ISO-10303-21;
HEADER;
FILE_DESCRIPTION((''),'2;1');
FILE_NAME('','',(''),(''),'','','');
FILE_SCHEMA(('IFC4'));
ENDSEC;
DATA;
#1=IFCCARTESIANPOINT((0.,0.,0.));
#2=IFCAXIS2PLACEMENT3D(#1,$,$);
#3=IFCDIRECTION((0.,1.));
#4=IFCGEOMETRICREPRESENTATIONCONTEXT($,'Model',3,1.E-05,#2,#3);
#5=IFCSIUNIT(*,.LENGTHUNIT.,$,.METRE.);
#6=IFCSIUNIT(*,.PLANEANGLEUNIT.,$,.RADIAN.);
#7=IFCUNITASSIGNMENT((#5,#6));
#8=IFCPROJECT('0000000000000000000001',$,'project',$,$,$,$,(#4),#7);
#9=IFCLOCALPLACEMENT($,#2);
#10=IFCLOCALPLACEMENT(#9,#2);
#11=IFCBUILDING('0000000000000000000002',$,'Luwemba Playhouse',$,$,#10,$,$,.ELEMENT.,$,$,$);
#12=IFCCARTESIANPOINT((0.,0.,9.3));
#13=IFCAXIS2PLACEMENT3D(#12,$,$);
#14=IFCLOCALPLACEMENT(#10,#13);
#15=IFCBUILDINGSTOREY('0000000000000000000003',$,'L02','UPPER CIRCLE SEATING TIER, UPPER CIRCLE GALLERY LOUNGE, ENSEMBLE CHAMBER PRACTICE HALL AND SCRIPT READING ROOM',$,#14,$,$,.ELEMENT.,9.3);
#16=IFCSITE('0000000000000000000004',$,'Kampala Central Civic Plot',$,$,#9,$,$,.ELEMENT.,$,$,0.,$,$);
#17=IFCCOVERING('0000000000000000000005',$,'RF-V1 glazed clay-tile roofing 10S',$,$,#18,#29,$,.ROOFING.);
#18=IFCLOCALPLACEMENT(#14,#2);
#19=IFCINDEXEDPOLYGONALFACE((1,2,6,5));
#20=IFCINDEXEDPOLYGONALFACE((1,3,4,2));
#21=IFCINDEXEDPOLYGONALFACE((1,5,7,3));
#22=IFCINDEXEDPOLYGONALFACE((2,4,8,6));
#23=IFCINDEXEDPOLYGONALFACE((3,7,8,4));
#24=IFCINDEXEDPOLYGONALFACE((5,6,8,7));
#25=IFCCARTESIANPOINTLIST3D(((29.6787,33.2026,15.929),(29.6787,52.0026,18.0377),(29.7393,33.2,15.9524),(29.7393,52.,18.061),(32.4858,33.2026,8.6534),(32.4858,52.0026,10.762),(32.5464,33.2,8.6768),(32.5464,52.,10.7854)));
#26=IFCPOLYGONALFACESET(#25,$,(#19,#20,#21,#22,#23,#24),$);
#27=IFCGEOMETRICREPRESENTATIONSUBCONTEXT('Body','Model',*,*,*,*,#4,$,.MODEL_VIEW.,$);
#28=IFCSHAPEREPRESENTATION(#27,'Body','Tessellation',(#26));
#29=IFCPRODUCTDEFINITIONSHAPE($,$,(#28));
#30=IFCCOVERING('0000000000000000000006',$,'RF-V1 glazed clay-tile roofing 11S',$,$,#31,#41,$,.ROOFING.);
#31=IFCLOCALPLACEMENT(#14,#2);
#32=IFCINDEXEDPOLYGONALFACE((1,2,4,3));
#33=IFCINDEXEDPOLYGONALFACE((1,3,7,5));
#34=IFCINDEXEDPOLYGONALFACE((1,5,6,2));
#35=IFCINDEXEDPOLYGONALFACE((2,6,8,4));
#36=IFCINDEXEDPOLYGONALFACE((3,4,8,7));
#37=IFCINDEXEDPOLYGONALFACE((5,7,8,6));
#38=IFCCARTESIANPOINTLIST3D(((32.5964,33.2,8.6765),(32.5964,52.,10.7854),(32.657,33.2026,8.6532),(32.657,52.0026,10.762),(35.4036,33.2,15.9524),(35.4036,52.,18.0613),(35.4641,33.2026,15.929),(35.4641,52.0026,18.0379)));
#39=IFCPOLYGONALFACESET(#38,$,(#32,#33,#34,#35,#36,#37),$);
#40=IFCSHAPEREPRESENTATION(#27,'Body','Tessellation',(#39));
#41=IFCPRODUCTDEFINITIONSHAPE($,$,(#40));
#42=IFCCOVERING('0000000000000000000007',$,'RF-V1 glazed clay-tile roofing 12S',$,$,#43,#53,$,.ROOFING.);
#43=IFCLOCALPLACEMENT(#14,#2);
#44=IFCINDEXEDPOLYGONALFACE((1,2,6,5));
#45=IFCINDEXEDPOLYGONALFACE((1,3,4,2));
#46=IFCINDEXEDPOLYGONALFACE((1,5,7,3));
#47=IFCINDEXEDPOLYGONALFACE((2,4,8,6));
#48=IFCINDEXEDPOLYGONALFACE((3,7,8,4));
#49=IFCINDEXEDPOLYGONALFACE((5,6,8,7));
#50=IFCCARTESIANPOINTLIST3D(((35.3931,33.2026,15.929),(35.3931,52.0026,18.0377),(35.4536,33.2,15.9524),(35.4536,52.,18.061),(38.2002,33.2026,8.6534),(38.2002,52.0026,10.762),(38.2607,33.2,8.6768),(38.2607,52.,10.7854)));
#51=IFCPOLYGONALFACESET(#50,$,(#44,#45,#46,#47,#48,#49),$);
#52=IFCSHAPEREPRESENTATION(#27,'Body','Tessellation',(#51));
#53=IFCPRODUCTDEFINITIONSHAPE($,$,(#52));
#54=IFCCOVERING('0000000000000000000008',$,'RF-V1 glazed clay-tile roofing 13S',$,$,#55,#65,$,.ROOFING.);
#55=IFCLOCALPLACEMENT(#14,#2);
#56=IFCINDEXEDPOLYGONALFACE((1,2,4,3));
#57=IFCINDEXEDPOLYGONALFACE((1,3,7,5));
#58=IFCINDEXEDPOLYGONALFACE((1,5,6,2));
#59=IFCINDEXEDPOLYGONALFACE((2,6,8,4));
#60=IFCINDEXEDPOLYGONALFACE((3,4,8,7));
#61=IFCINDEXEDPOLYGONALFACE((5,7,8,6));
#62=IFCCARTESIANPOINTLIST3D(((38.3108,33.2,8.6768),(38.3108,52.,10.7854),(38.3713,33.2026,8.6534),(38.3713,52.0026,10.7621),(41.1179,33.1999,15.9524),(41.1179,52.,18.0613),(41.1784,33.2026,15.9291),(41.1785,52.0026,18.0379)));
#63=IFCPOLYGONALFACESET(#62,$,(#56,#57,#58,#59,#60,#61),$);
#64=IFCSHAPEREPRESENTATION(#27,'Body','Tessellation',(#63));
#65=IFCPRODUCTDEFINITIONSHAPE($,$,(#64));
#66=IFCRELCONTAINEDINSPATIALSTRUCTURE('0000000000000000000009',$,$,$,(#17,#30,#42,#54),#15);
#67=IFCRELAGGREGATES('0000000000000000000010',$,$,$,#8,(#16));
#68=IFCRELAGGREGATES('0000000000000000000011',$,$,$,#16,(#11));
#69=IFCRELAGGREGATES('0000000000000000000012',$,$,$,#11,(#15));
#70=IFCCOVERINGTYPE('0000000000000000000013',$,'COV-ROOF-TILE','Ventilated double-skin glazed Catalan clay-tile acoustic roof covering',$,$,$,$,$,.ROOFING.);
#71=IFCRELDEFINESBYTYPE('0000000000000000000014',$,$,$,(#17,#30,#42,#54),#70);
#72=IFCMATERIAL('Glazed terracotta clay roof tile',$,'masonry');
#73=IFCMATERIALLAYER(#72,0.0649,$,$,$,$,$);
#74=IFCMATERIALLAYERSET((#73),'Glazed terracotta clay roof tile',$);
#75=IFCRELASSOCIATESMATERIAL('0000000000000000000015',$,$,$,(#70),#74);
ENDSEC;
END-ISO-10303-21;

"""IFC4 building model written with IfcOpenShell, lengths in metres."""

from ifc_helpers import new_model, si_unit, direction, frame, origin, place, context, subcontext, project, spatial, polyline, outline, extrude, material, layer, layer_set, type_object, element, save


model = new_model("IFC4")

# Units and contexts
model_context = context("Model", 3, precision=1e-05, world=origin(), true_north=direction((0.0, 1.0)))
body_context = subcontext(model_context, "Body", "Model", "MODEL_VIEW")
ifc_project = project(units=[si_unit("LENGTHUNIT", "METRE"), si_unit("PLANEANGLEUNIT", "RADIAN")], contexts=[model_context])

# Site, building, storey
site_placement = place(None, origin())
site = spatial("IfcSite", under=ifc_project, at=site_placement, Name="Kampala Central Civic Plot", CompositionType="ELEMENT", RefElevation=0.0)
building_placement = place(site_placement, origin())
building = spatial("IfcBuilding", under=site, at=building_placement, Name="Luwemba Playhouse", CompositionType="ELEMENT")
storey_placement = place(building_placement, frame((0.0, 0.0, 9.3)))
storey = spatial("IfcBuildingStorey", under=building, at=storey_placement, Name="L02", Description="UPPER CIRCLE SEATING TIER, UPPER CIRCLE GALLERY LOUNGE, ENSEMBLE CHAMBER PRACTICE HALL AND SCRIPT READING ROOM", CompositionType="ELEMENT", Elevation=9.3)

# Coverings
ifc_material_1 = material(Name="Glazed terracotta clay roof tile", Category="masonry")
ifc_layer_1 = layer(ifc_material_1, 0.0649)
ifc_layer_set_1 = layer_set([ifc_layer_1], Name="Glazed terracotta clay roof tile")
covering_type = type_object("IfcCoveringType", Name="COV-ROOF-TILE", Description="Ventilated double-skin glazed Catalan clay-tile acoustic roof covering", PredefinedType="ROOFING", material=ifc_layer_set_1)
covering_1_placement = place(storey_placement, frame((29.7393, 33.2, 15.9524), z_axis=(0.932207, -0.040341, 0.35967), x_axis=(0.359963, 0.0, -0.932967)))
element("IfcCovering", 1, at=covering_1_placement, inside=storey, type_object=covering_type, Name="RF-V1 glazed clay-tile roofing 10S", PredefinedType="ROOFING", context=body_context, shape_type="SweptSolid", body=[
    extrude(outline(polyline([(0.0, 0.0), (7.7984, 0.0), (5.8311, 18.8154), (-1.9673, 18.8154), (0.0, 0.0)])), origin(), (0.0, 0.0, -1.0), 0.0649),
])
covering_2_placement = place(storey_placement, frame((32.5964, 33.2, 8.6765), z_axis=(-0.932211, -0.040345, 0.359659), x_axis=(0.359952, 0.0, 0.932971)))
element("IfcCovering", 2, at=covering_2_placement, inside=storey, type_object=covering_type, Name="RF-V1 glazed clay-tile roofing 11S", PredefinedType="ROOFING", context=body_context, shape_type="SweptSolid", body=[
    extrude(outline(polyline([(0.0, 0.0), (7.7986, 0.0), (9.7661, 18.8154), (1.9675, 18.8154), (0.0, 0.0)])), origin(), (0.0, 0.0, -1.0), 0.0649),
])
covering_3_placement = place(storey_placement, frame((35.4536, 33.2, 15.9524), z_axis=(0.932207, -0.040341, 0.35967), x_axis=(0.359963, 0.0, -0.932967)))
element("IfcCovering", 3, at=covering_3_placement, inside=storey, type_object=covering_type, Name="RF-V1 glazed clay-tile roofing 12S", PredefinedType="ROOFING", context=body_context, shape_type="SweptSolid", body=[
    extrude(outline(polyline([(0.0, 0.0), (7.7984, 0.0), (5.8311, 18.8154), (-1.9673, 18.8154), (0.0, 0.0)])), origin(), (0.0, 0.0, -1.0), 0.0649),
])
covering_4_placement = place(storey_placement, frame((38.3108, 33.2, 8.6768), z_axis=(-0.932209, -0.040343, 0.359664), x_axis=(0.359958, 0.0, 0.932969)))
element("IfcCovering", 4, at=covering_4_placement, inside=storey, type_object=covering_type, Name="RF-V1 glazed clay-tile roofing 13S", PredefinedType="ROOFING", context=body_context, shape_type="SweptSolid", body=[
    extrude(outline(polyline([(0.0, 0.0), (7.7984, 0.0), (9.7659, 18.8154), (1.9673, 18.8154), (0.0, 0.0)])), origin(), (0.0, 0.0, -1.0), 0.0649),
])

save(model, "model.ifc")
